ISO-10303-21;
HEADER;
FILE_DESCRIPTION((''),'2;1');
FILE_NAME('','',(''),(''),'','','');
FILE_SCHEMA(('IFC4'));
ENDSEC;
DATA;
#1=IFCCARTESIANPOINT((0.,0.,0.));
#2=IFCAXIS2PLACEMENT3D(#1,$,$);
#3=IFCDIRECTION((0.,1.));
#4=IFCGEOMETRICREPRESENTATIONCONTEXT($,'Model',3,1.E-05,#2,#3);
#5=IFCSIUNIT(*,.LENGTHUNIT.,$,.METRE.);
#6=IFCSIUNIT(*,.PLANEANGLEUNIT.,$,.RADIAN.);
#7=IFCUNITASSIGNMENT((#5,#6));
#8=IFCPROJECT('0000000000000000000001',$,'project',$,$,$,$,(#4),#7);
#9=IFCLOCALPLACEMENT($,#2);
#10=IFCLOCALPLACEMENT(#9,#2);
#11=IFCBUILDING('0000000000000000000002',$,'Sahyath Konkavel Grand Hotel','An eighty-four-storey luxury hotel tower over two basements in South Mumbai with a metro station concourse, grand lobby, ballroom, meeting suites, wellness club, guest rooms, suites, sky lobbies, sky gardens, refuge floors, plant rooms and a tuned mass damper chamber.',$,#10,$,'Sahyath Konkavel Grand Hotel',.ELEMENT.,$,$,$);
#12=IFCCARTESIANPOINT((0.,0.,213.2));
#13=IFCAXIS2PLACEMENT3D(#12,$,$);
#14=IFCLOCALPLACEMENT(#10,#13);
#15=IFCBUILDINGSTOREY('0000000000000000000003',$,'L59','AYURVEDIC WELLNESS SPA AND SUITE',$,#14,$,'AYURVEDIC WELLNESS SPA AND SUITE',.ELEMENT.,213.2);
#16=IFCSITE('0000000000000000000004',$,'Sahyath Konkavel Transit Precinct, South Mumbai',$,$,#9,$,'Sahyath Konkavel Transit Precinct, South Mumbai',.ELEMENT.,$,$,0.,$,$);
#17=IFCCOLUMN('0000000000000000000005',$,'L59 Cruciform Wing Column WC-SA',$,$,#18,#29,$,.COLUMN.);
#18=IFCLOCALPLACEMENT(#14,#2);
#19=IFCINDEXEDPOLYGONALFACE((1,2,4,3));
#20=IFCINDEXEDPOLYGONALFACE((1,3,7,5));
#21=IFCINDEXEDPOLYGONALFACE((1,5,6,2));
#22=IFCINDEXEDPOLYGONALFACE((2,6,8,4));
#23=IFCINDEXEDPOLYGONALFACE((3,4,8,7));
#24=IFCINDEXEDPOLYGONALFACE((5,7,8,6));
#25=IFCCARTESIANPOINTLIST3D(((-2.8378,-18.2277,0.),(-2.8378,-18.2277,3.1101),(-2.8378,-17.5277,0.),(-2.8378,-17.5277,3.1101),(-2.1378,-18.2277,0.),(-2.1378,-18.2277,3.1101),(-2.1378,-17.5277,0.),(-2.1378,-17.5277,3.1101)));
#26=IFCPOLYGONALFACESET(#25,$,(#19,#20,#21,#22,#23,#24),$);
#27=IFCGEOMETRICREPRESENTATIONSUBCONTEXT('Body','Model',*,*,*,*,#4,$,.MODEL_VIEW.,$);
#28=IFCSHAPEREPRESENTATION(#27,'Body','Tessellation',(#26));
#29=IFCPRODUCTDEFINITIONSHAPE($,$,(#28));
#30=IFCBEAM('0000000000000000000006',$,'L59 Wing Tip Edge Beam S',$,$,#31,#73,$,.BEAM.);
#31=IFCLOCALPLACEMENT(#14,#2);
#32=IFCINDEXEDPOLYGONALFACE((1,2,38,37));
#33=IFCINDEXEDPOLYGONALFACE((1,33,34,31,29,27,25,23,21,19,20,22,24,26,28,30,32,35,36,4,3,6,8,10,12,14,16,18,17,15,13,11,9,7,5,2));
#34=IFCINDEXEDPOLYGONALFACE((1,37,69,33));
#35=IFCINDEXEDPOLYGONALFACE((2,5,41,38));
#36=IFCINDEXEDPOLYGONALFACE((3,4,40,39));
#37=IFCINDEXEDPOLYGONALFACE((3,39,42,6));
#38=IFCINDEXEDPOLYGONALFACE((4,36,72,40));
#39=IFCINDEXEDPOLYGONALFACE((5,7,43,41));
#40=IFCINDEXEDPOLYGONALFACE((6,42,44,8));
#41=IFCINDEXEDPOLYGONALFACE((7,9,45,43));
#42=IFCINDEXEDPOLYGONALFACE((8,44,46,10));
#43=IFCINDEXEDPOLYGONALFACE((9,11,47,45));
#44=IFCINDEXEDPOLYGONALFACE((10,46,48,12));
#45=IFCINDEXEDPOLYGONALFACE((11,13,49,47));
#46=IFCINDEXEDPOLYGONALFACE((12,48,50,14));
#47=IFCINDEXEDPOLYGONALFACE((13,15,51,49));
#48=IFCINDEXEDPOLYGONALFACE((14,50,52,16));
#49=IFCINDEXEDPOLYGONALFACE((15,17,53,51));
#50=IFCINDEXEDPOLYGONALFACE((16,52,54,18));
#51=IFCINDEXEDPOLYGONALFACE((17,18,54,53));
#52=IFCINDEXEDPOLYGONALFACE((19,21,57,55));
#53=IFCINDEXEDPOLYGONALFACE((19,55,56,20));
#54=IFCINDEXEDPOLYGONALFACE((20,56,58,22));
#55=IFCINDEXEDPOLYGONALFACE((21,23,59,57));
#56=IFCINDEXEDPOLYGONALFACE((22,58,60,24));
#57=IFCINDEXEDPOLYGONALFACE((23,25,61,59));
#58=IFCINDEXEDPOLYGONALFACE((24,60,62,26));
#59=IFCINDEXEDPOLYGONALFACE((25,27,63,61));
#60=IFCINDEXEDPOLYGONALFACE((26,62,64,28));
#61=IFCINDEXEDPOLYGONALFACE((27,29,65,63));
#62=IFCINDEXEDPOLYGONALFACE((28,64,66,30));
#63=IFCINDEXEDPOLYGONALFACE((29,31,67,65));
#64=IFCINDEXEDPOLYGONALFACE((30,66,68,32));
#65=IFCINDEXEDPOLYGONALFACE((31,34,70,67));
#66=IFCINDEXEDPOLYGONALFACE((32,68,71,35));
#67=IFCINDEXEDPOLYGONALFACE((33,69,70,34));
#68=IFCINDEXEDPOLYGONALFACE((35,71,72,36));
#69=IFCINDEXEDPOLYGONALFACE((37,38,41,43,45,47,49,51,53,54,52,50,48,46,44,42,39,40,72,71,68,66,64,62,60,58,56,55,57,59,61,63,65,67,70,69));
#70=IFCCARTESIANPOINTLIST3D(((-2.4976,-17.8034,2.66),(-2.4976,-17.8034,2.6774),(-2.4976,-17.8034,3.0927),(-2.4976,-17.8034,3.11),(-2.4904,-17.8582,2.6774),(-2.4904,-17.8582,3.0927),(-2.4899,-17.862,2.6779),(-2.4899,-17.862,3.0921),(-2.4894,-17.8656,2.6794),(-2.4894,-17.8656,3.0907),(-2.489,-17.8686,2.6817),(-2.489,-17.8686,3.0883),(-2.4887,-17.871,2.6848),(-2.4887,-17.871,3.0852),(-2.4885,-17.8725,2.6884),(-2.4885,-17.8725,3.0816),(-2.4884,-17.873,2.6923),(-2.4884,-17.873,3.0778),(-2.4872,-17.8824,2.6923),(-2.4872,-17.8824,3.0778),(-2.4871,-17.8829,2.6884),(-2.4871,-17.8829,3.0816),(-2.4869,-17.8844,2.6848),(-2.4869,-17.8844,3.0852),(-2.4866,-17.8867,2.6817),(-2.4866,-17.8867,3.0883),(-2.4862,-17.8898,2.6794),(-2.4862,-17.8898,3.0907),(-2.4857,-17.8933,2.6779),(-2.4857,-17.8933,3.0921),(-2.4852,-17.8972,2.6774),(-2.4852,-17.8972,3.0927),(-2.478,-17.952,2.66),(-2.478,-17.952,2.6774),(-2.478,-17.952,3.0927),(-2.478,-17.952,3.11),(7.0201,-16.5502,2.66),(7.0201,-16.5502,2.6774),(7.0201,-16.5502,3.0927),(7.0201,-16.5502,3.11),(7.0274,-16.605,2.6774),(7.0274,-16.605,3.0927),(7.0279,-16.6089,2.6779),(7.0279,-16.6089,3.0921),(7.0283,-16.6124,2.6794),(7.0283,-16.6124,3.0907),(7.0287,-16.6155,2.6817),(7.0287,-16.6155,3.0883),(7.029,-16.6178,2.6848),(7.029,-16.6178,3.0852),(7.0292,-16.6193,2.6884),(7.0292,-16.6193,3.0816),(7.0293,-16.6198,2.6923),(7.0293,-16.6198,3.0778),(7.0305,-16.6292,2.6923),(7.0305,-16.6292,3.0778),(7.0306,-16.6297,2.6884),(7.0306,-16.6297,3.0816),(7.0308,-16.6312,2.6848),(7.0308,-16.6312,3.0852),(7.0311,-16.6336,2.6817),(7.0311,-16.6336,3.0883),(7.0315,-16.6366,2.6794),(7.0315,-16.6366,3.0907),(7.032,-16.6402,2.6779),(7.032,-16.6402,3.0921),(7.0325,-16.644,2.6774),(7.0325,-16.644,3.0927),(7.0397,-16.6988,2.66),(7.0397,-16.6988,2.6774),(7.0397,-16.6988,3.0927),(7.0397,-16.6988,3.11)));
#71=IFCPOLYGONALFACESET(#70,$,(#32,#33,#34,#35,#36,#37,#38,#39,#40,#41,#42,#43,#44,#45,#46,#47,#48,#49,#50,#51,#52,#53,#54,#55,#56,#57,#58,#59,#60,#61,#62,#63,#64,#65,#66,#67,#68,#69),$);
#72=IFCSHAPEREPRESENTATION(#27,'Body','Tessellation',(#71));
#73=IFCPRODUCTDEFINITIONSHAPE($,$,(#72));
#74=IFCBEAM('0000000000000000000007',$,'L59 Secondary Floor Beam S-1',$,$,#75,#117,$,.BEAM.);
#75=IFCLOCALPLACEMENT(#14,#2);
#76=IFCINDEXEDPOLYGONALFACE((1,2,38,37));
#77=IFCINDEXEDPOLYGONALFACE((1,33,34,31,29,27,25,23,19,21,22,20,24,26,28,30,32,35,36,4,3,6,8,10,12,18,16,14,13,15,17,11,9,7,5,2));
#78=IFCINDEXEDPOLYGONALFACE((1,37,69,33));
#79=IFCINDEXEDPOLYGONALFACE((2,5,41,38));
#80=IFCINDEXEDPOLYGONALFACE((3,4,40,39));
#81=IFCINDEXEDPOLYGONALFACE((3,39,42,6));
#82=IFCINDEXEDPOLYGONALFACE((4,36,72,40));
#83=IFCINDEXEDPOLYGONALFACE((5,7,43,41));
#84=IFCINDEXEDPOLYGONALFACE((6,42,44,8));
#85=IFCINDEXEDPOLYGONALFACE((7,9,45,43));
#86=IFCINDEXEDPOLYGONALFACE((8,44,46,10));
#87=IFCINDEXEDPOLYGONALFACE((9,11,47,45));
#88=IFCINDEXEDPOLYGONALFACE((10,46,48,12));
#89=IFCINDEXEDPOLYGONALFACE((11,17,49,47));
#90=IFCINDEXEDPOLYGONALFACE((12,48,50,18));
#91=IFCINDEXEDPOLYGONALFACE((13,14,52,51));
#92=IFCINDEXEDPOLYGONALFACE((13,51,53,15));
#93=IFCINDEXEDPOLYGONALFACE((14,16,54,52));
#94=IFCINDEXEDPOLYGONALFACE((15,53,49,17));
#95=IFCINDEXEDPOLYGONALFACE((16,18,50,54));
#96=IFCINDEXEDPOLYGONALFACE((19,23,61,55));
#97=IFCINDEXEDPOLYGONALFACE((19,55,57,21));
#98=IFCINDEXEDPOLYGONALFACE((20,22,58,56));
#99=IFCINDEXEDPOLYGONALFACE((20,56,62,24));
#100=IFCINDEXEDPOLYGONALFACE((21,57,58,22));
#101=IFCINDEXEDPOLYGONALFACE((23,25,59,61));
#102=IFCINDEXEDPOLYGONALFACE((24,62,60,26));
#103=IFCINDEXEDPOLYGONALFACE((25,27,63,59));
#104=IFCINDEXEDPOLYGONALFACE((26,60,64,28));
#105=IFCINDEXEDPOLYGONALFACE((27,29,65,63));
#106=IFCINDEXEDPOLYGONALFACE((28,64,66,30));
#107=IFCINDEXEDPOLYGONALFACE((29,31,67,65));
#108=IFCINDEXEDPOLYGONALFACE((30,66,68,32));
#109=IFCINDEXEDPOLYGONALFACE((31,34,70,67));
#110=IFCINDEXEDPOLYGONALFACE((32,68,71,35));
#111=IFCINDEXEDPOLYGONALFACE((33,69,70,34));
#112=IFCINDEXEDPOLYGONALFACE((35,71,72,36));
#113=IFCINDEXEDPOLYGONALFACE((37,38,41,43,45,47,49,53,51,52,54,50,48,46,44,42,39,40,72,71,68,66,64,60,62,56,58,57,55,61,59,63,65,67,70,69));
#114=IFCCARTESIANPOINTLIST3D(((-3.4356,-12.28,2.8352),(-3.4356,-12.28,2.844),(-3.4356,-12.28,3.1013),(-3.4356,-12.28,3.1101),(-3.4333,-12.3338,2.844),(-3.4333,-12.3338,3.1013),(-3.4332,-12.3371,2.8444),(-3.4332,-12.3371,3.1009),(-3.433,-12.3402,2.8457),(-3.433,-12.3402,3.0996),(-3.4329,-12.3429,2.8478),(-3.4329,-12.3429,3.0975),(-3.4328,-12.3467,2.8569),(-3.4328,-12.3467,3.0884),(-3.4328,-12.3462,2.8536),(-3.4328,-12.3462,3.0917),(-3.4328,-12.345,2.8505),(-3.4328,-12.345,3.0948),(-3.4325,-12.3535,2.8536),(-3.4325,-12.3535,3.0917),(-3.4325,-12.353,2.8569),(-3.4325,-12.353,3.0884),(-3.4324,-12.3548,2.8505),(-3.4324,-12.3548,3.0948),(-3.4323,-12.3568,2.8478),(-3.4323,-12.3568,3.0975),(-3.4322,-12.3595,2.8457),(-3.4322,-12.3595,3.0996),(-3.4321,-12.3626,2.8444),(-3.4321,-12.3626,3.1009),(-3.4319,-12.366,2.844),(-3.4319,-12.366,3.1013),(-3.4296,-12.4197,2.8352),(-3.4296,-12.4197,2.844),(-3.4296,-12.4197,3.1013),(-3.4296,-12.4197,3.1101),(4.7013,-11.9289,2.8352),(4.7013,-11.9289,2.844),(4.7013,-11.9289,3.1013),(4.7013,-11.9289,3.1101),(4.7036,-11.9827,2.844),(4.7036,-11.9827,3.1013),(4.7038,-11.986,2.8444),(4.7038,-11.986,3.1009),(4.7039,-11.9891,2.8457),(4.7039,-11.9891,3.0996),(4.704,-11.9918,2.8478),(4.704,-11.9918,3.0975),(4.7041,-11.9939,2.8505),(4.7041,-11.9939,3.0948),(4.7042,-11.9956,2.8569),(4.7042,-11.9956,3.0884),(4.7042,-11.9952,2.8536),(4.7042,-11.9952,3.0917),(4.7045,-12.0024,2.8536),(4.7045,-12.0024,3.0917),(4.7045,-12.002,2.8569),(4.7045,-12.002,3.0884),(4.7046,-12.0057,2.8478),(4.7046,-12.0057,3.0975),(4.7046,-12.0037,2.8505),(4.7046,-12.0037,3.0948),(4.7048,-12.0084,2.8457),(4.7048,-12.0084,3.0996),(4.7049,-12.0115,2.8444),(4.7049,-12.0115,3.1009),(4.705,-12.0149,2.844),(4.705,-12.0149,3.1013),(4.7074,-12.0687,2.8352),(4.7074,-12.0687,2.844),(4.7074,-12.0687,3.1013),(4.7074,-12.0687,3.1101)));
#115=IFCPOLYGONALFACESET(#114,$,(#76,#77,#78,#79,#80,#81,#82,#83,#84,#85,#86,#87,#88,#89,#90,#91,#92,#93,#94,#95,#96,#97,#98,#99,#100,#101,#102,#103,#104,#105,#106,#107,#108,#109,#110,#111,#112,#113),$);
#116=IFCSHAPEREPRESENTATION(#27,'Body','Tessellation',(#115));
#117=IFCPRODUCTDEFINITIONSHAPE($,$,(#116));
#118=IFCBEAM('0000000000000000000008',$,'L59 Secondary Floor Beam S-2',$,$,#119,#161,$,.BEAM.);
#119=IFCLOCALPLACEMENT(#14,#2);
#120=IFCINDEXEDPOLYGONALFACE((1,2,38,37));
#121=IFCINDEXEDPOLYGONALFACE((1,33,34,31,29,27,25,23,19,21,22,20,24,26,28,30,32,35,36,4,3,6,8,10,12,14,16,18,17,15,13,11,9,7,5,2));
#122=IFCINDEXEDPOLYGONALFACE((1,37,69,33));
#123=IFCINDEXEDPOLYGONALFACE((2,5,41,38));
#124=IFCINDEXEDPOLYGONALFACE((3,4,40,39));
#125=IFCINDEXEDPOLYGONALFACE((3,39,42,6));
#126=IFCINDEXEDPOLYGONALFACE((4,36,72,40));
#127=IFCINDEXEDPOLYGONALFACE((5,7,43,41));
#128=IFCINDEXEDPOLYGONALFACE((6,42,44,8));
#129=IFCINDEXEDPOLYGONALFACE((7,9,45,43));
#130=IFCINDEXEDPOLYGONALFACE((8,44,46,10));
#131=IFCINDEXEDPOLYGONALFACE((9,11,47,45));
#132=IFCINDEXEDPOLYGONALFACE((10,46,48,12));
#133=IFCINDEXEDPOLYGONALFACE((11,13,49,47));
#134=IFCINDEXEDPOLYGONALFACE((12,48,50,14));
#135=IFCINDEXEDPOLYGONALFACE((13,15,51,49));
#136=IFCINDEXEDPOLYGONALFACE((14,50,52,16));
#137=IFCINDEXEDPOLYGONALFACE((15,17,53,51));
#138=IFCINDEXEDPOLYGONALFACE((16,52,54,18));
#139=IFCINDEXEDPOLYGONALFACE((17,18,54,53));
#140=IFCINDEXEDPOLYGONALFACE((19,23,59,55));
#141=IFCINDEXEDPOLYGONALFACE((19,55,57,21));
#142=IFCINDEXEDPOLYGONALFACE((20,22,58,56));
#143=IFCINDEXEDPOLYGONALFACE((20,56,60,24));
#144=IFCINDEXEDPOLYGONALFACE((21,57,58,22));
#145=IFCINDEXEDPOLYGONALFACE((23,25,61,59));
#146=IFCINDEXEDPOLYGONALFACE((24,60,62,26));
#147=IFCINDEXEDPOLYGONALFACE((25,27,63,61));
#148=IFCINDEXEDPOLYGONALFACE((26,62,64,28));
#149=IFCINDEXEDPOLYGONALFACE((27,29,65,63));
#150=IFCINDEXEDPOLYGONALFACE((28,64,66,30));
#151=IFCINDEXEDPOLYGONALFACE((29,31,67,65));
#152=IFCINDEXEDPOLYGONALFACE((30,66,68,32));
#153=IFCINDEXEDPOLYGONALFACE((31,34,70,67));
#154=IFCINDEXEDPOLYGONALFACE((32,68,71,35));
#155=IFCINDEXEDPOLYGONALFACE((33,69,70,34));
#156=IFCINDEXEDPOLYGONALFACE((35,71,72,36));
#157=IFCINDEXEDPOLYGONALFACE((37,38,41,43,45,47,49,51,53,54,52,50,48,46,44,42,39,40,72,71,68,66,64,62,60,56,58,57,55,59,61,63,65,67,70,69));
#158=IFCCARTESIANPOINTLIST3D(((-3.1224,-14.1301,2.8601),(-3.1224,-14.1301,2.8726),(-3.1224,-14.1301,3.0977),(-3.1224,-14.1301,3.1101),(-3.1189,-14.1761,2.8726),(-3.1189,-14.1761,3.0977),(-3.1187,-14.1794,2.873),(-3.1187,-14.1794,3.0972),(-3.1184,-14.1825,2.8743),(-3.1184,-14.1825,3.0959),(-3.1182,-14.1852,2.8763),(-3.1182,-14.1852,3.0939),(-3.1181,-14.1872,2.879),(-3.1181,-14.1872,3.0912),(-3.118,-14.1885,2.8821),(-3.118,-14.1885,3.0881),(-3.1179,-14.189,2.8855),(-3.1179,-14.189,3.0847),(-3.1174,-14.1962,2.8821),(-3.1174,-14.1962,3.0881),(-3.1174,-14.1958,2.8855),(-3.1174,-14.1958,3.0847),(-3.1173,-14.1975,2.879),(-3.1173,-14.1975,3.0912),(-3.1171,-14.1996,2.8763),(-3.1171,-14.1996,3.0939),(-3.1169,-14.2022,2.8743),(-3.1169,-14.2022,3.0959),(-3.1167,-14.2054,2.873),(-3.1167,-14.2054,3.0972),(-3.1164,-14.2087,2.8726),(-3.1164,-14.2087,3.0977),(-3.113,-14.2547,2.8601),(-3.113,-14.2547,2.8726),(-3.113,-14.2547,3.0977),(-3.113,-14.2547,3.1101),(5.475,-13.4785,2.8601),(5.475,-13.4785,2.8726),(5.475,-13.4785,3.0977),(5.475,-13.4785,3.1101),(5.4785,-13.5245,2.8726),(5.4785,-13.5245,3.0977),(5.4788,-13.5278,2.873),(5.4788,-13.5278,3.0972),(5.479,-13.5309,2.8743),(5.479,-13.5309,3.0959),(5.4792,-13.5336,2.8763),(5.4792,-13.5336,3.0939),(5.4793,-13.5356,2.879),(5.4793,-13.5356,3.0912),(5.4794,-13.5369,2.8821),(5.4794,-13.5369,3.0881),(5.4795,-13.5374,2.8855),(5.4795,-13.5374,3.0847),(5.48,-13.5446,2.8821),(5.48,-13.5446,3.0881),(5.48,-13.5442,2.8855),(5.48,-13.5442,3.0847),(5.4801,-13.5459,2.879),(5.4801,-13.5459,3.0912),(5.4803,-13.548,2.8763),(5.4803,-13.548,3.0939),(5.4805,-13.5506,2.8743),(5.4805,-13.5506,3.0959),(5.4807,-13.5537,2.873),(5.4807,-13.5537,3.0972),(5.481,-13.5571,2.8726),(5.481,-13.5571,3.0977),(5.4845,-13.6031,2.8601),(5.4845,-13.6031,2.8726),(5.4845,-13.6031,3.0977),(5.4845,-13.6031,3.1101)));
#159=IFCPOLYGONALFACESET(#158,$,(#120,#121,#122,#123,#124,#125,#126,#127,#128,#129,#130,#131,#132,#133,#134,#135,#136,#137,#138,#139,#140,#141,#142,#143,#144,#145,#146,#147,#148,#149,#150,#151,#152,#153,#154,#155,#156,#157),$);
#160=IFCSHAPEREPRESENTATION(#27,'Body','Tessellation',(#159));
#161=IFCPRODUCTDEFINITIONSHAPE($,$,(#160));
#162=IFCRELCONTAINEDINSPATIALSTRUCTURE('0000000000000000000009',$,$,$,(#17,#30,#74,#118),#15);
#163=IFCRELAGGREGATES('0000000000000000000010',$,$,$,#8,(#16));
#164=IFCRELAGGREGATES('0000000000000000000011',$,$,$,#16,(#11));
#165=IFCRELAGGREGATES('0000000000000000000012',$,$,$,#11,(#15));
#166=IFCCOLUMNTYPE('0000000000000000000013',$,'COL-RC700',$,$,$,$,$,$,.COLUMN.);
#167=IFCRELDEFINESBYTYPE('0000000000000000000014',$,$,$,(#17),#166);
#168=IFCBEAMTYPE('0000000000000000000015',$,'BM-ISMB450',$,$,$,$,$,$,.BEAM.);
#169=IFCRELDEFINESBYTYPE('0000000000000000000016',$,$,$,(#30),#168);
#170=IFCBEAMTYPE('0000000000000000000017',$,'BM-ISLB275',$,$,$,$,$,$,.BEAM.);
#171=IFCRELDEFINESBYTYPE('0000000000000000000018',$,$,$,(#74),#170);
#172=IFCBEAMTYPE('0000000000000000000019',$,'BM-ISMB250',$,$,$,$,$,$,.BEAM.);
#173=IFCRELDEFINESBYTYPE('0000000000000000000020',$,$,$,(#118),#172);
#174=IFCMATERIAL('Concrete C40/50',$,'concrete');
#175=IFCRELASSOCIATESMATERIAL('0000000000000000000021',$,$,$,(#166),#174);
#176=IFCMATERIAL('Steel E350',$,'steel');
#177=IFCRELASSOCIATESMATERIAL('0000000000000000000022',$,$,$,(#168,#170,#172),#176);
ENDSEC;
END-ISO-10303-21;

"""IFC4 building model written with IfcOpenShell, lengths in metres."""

from ifc_helpers import new_model, si_unit, direction, frame, origin, origin_2d, place, context, subcontext, project, spatial, rectangle, i_section, extrude, source, transform, mapped, material, material_profile, profile_set, type_object, element, save


model = new_model("IFC4")

# Units and contexts
model_context = context("Model", 3, precision=1e-05, world=origin(), true_north=direction((0.0, 1.0)))
body_context = subcontext(model_context, "Body", "Model", "MODEL_VIEW")
ifc_project = project(units=[si_unit("LENGTHUNIT", "METRE"), si_unit("PLANEANGLEUNIT", "RADIAN")], contexts=[model_context])

# Site, building, storey
site_placement = place(None, origin())
site = spatial("IfcSite", under=ifc_project, at=site_placement, Name="Sahyath Konkavel Transit Precinct, South Mumbai", LongName="Sahyath Konkavel Transit Precinct, South Mumbai", CompositionType="ELEMENT", RefElevation=0.0)
building_placement = place(site_placement, origin())
building = spatial("IfcBuilding", under=site, at=building_placement, Name="Sahyath Konkavel Grand Hotel", Description="An eighty-four-storey luxury hotel tower over two basements in South Mumbai with a metro station concourse, grand lobby, ballroom, meeting suites, wellness club, guest rooms, suites, sky lobbies, sky gardens, refuge floors, plant rooms and a tuned mass damper chamber.", LongName="Sahyath Konkavel Grand Hotel", CompositionType="ELEMENT")
storey_placement = place(building_placement, frame((0.0, 0.0, 213.2)))
storey = spatial("IfcBuildingStorey", under=building, at=storey_placement, Name="L59", Description="AYURVEDIC WELLNESS SPA AND SUITE", LongName="AYURVEDIC WELLNESS SPA AND SUITE", CompositionType="ELEMENT", Elevation=213.2)

# Column
ifc_material_1 = material(Name="Concrete C40/50", Category="concrete")
ifc_material_profile_1 = material_profile(ifc_material_1, rectangle(XDim=0.7, YDim=0.7, at=origin_2d()), Name="RC 700x700")
ifc_profile_set_1 = profile_set([ifc_material_profile_1], Name="Concrete C40/50")
column_type = type_object("IfcColumnType", Name="COL-RC700", PredefinedType="COLUMN", material=ifc_profile_set_1)
shared_shape_1 = source(origin(), body_context, "Body", "SweptSolid", [
    extrude(rectangle(XDim=0.7, YDim=0.7, at=origin_2d()), origin(), (0.0, 0.0, 1.0), 3.1101),
])
column_placement = place(storey_placement, frame((-2.4878, -17.8777, 0.0), z_axis=(0.0, 0.0, 1.0), x_axis=(1.0, 0.0, 0.0)))
element("IfcColumn", 1, at=column_placement, inside=storey, type_object=column_type, Name="L59 Cruciform Wing Column WC-SA", PredefinedType="COLUMN", context=body_context, shape_type="MappedRepresentation", body=[
    mapped(shared_shape_1, transform((0.0, 0.0, 0.0), scale=1.0)),
])

# Beams
ifc_material_2 = material(Name="Steel E350", Category="steel")
ifc_material_profile_2 = material_profile(ifc_material_2, i_section(OverallWidth=0.1499, OverallDepth=0.45, WebThickness=0.0095, FlangeThickness=0.0173, FilletRadius=0.0149, at=origin_2d()), Name="ISMB 450")
ifc_profile_set_2 = profile_set([ifc_material_profile_2], Name="Steel E350")
beam_type_1 = type_object("IfcBeamType", Name="BM-ISMB450", PredefinedType="BEAM", material=ifc_profile_set_2)
shared_shape_2 = source(origin(), body_context, "Body", "SweptSolid", [
    extrude(i_section(OverallWidth=0.1499, OverallDepth=0.45, WebThickness=0.0095, FlangeThickness=0.0173, FilletRadius=0.0149, at=origin_2d()), origin(), (0.0, 0.0, 1.0), 9.5999),
])
beam_1_placement = place(storey_placement, frame((-2.4878, -17.8777, 2.885), z_axis=(0.991443, 0.130539, 0.0), x_axis=(-0.130539, 0.991443, 0.0)))
element("IfcBeam", 2, at=beam_1_placement, inside=storey, type_object=beam_type_1, Name="L59 Wing Tip Edge Beam S", PredefinedType="BEAM", context=body_context, shape_type="MappedRepresentation", body=[
    mapped(shared_shape_2, transform((0.0, 0.0, 0.0), scale=1.0)),
])
ifc_material_profile_3 = material_profile(ifc_material_2, i_section(OverallWidth=0.1399, OverallDepth=0.2749, WebThickness=0.0063, FlangeThickness=0.0088, FilletRadius=0.0129, at=origin_2d()), Name="ISLB 275")
ifc_profile_set_3 = profile_set([ifc_material_profile_3], Name="Steel E350")
beam_type_2 = type_object("IfcBeamType", Name="BM-ISLB275", PredefinedType="BEAM", material=ifc_profile_set_3)
shared_shape_3 = source(origin(), body_context, "Body", "SweptSolid", [
    extrude(i_section(OverallWidth=0.1399, OverallDepth=0.2749, WebThickness=0.0063, FlangeThickness=0.0088, FilletRadius=0.0129, at=origin_2d()), origin(), (0.0, 0.0, 1.0), 8.1445),
])
beam_2_placement = place(storey_placement, frame((-3.4326, -12.3499, 2.9727), z_axis=(0.999071, 0.043106, 0.0), x_axis=(-0.043106, 0.999071, 0.0)))
element("IfcBeam", 3, at=beam_2_placement, inside=storey, type_object=beam_type_2, Name="L59 Secondary Floor Beam S-1", PredefinedType="BEAM", context=body_context, shape_type="MappedRepresentation", body=[
    mapped(shared_shape_3, transform((0.0, 0.0, 0.0), scale=1.0)),
])
ifc_material_profile_4 = material_profile(ifc_material_2, i_section(OverallWidth=0.125, OverallDepth=0.25, WebThickness=0.0068, FlangeThickness=0.0125, FilletRadius=0.0129, at=origin_2d()), Name="ISMB 250")
ifc_profile_set_4 = profile_set([ifc_material_profile_4], Name="Steel E350")
beam_type_3 = type_object("IfcBeamType", Name="BM-ISMB250", PredefinedType="BEAM", material=ifc_profile_set_4)
shared_shape_4 = source(origin(), body_context, "Body", "SweptSolid", [
    extrude(i_section(OverallWidth=0.125, OverallDepth=0.25, WebThickness=0.0068, FlangeThickness=0.0125, FilletRadius=0.0129, at=origin_2d()), origin(), (0.0, 0.0, 1.0), 8.6221),
])
beam_3_placement = place(storey_placement, frame((-3.1177, -14.1924, 2.9851), z_axis=(0.99714, 0.075575, 0.0), x_axis=(-0.075575, 0.99714, 0.0)))
element("IfcBeam", 4, at=beam_3_placement, inside=storey, type_object=beam_type_3, Name="L59 Secondary Floor Beam S-2", PredefinedType="BEAM", context=body_context, shape_type="MappedRepresentation", body=[
    mapped(shared_shape_4, transform((0.0, 0.0, 0.0), scale=1.0)),
])

save(model, "model.ifc")
